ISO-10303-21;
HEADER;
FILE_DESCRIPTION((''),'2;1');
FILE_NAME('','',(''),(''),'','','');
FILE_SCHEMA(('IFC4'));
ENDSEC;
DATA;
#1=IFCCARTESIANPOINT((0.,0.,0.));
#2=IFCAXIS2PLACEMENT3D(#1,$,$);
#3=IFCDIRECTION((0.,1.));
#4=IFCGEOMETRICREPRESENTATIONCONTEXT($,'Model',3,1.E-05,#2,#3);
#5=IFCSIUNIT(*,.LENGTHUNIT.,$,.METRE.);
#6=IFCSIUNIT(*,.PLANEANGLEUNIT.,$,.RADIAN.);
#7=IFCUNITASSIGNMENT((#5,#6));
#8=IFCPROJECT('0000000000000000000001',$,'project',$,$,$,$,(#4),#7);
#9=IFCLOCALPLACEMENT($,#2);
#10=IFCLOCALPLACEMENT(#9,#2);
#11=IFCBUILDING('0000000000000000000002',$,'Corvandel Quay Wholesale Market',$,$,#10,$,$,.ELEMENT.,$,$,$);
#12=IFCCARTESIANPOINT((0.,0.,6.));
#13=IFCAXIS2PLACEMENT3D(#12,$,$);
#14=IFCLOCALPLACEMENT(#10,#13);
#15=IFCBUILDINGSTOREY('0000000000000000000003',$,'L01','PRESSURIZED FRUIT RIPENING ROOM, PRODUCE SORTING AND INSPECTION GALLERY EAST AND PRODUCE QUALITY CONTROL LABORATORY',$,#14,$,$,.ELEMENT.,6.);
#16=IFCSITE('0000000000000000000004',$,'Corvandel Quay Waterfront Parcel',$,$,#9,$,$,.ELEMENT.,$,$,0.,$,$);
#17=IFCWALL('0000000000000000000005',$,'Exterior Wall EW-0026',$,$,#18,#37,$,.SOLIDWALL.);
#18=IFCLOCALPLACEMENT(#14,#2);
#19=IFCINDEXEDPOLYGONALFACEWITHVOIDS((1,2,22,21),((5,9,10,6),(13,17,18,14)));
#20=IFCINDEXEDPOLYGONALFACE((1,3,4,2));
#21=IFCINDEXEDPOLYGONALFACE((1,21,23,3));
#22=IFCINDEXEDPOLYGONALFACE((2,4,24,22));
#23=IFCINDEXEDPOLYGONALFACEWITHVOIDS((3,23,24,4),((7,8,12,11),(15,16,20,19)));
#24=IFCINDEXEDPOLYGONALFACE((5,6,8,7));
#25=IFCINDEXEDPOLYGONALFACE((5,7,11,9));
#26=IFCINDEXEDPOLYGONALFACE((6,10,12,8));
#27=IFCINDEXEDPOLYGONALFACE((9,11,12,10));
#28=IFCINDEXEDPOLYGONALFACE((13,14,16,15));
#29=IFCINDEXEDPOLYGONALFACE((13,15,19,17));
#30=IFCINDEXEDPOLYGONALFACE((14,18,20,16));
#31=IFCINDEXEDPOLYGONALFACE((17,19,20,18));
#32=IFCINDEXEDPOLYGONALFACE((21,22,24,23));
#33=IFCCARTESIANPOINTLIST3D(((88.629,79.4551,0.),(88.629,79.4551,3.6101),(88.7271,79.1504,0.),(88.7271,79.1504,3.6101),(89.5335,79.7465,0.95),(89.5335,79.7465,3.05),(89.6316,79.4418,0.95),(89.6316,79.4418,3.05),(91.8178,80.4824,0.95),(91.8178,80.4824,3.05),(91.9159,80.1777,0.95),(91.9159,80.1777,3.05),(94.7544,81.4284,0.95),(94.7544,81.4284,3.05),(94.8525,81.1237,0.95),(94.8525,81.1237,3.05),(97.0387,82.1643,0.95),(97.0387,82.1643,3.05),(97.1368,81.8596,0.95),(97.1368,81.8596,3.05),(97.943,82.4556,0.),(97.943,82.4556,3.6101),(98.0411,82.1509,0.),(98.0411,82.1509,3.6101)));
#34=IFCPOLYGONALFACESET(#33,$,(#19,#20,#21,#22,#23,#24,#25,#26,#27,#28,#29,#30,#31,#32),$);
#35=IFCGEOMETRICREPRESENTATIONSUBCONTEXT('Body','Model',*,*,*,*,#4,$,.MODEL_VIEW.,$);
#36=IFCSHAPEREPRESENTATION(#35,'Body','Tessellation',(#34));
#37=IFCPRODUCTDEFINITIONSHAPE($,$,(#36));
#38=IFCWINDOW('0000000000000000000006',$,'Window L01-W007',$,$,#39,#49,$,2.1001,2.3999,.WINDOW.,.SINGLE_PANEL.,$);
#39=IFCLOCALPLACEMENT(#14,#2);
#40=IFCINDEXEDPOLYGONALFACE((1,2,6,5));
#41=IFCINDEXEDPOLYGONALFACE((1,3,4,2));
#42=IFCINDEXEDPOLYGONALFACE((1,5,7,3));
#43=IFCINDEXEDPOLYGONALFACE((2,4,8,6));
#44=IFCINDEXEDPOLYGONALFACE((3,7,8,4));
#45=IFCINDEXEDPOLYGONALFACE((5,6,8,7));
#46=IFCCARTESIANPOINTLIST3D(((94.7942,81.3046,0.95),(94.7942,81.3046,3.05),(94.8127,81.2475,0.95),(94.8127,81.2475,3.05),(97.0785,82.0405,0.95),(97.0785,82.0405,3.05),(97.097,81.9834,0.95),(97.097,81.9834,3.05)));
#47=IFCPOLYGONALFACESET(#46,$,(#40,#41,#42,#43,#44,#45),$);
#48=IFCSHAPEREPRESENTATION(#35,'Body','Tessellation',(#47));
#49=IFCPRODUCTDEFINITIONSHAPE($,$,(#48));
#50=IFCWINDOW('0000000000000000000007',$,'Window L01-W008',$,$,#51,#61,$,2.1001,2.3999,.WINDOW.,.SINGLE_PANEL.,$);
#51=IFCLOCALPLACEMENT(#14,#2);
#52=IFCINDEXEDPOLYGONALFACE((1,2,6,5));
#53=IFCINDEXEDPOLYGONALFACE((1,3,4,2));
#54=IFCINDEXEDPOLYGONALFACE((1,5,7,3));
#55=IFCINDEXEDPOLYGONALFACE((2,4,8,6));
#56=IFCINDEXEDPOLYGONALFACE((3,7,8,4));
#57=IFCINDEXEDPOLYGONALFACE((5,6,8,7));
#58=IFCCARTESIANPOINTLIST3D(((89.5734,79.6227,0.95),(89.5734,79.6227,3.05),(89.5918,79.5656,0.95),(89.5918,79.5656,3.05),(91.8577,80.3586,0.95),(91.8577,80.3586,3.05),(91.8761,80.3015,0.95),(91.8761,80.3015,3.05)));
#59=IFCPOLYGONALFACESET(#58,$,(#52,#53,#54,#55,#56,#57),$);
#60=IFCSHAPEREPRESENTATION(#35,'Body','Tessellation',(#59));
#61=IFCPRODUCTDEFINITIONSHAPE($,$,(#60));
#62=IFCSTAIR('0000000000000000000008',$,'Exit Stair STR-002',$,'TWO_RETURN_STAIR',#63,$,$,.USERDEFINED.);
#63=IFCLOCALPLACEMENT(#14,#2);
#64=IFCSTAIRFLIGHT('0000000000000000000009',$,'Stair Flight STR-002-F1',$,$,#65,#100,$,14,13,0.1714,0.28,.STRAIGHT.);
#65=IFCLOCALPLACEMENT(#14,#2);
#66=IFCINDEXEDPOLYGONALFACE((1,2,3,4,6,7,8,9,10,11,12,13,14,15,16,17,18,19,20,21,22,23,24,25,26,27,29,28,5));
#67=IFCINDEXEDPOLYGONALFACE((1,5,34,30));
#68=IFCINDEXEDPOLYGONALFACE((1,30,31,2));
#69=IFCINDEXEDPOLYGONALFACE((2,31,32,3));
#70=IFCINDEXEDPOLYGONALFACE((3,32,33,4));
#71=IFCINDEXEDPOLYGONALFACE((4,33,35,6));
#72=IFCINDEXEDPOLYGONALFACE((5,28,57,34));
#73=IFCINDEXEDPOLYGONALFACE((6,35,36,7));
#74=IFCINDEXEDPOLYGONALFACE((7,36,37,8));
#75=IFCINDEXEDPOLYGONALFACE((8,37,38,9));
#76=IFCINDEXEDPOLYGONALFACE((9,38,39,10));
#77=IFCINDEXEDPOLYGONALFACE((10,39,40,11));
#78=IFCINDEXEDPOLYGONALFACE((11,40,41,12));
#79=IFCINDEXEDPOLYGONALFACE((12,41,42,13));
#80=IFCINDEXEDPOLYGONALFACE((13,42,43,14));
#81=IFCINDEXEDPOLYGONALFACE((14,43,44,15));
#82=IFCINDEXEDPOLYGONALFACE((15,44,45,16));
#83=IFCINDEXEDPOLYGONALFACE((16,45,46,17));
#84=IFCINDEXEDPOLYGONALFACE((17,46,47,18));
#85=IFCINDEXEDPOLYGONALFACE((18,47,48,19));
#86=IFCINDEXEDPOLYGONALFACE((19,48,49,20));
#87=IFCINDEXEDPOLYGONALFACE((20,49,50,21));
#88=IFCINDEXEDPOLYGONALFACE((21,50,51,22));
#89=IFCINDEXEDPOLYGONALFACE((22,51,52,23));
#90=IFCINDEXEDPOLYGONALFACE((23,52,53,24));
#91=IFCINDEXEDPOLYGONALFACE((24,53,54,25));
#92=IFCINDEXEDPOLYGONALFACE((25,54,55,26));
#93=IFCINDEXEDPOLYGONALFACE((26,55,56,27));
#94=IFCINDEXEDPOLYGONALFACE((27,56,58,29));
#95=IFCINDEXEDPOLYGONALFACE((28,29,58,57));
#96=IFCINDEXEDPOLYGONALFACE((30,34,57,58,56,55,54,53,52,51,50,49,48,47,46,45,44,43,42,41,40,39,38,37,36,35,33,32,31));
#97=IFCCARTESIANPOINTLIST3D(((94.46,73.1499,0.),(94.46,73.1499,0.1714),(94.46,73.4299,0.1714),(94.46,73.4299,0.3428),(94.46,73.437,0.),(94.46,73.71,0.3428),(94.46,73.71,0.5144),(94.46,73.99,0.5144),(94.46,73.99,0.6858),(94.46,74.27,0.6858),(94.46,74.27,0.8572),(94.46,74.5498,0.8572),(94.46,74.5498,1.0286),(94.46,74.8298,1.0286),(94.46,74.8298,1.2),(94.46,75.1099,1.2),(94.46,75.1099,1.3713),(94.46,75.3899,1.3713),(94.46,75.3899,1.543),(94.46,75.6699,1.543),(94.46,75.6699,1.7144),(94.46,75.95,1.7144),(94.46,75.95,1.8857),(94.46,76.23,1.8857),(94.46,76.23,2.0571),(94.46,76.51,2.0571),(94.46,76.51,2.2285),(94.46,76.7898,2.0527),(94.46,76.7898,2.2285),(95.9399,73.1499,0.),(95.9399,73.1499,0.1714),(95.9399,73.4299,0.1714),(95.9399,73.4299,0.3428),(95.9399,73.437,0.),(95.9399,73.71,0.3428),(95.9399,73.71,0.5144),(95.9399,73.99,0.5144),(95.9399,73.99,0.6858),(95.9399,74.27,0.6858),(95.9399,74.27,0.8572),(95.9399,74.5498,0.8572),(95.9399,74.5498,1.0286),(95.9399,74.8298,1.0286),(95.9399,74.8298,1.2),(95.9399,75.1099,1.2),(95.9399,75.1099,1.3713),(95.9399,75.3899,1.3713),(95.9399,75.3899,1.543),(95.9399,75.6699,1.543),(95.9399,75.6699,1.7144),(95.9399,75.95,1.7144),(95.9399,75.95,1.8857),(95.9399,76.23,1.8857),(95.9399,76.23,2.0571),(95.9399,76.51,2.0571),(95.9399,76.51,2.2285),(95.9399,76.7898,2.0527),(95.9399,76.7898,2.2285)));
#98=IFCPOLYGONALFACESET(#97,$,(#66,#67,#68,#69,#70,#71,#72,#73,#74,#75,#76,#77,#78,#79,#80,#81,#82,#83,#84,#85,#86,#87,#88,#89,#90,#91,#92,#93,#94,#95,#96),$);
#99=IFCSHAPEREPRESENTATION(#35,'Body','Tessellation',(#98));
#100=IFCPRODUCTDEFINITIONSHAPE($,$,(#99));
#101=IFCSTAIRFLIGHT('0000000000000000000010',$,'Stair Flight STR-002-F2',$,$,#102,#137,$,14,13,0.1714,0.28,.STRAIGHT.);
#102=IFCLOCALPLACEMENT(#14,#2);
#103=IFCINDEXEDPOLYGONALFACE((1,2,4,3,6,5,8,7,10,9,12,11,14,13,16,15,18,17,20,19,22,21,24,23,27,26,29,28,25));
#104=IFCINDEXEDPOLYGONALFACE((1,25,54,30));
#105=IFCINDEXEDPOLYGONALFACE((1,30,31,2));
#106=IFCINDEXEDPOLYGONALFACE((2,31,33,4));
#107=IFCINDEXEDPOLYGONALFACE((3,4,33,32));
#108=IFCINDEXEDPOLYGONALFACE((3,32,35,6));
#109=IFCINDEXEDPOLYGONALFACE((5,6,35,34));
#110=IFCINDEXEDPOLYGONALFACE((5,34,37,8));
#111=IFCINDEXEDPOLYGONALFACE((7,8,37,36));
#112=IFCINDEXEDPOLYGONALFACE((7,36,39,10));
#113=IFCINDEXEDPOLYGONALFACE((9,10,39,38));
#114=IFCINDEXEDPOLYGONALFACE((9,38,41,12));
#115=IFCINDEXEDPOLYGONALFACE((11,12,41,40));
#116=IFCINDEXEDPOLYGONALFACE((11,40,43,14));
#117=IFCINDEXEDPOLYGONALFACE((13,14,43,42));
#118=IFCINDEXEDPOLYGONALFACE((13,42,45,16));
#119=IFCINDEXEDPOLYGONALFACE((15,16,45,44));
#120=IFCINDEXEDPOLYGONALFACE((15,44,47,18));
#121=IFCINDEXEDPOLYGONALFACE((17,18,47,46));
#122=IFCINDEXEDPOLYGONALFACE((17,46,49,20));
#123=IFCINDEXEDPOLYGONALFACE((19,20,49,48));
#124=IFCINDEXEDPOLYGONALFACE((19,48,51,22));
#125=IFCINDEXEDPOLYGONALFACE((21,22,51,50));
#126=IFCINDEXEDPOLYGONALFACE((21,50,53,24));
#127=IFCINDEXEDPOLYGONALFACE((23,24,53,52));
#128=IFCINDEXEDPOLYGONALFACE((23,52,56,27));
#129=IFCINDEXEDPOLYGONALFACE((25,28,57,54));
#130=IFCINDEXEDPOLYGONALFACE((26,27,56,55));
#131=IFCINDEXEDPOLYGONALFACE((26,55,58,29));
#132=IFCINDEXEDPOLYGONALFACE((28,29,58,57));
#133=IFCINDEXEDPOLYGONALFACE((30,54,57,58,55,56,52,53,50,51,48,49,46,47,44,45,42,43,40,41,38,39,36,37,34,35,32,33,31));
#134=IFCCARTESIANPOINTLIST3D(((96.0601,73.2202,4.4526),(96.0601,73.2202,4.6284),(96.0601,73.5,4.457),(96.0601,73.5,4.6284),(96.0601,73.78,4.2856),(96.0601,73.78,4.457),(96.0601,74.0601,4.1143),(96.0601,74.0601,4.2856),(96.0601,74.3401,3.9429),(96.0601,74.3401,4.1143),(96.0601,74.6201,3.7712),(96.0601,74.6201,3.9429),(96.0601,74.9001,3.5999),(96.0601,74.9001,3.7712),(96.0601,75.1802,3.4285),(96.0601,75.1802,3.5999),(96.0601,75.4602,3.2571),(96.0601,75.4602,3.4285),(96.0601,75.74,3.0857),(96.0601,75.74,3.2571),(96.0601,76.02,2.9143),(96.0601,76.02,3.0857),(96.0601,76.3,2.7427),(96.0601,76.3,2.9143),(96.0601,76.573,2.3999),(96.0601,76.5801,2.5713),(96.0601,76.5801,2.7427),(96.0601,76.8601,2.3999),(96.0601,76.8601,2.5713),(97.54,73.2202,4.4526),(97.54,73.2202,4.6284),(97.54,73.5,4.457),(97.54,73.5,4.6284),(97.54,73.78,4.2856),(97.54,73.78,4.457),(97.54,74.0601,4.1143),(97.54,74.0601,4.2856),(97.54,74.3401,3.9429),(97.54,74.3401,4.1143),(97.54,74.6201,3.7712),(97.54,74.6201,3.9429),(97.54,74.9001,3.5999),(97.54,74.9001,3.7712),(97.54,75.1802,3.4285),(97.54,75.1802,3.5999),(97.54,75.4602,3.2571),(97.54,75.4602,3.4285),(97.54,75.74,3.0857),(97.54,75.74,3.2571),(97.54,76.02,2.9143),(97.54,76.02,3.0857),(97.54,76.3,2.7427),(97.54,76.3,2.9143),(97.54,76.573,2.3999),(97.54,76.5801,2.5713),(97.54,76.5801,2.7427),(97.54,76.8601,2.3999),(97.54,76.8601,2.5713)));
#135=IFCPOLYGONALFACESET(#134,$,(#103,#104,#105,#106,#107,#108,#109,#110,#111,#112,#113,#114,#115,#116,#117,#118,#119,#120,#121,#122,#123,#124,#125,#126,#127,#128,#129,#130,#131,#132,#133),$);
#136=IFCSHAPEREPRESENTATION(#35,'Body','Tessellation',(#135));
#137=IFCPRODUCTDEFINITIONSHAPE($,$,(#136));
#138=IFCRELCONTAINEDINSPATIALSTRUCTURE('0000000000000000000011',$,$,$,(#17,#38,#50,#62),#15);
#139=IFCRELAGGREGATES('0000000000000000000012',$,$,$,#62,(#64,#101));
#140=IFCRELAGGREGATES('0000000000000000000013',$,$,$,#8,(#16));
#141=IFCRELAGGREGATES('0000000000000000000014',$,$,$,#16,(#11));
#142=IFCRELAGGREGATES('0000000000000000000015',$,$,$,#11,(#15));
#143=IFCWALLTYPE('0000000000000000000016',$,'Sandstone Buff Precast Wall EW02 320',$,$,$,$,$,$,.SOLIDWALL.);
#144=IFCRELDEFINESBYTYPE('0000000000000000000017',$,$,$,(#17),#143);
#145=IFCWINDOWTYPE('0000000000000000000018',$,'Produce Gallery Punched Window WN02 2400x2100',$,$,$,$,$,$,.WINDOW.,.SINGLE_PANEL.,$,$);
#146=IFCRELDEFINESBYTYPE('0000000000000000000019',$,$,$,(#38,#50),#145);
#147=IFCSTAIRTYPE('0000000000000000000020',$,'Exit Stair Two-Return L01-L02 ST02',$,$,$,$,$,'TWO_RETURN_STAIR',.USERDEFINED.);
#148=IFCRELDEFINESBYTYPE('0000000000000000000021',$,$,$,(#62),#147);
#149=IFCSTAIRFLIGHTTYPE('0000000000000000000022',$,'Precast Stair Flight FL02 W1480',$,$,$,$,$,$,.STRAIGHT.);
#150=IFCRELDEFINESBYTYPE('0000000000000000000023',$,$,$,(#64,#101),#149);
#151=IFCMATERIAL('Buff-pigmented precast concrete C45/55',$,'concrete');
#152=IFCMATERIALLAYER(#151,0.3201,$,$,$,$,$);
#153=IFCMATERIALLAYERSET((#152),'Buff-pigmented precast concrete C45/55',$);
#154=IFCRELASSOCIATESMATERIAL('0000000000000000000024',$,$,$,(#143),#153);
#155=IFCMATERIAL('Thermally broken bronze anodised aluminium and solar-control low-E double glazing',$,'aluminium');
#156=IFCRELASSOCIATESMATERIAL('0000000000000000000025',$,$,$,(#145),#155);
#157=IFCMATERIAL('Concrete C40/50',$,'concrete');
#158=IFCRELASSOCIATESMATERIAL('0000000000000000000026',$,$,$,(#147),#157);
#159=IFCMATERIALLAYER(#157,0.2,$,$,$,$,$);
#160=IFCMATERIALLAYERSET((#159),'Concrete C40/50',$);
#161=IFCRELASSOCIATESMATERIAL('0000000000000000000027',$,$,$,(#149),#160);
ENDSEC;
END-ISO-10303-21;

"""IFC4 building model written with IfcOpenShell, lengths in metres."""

from ifc_helpers import new_model, si_unit, direction, frame, frame_2d, origin, place, context, subcontext, project, spatial, polyline, rectangle, outline, extrude, material, layer, layer_set, type_object, element, fill, aggregate, save


model = new_model("IFC4")

# Units and contexts
model_context = context("Model", 3, precision=1e-05, world=origin(), true_north=direction((0.0, 1.0)))
body_context = subcontext(model_context, "Body", "Model", "MODEL_VIEW")
ifc_project = project(units=[si_unit("LENGTHUNIT", "METRE"), si_unit("PLANEANGLEUNIT", "RADIAN")], contexts=[model_context])

# Site, building, storey
site_placement = place(None, origin())
site = spatial("IfcSite", under=ifc_project, at=site_placement, Name="Corvandel Quay Waterfront Parcel", CompositionType="ELEMENT", RefElevation=0.0)
building_placement = place(site_placement, origin())
building = spatial("IfcBuilding", under=site, at=building_placement, Name="Corvandel Quay Wholesale Market", CompositionType="ELEMENT")
storey_placement = place(building_placement, frame((0.0, 0.0, 6.0)))
storey = spatial("IfcBuildingStorey", under=building, at=storey_placement, Name="L01", Description="PRESSURIZED FRUIT RIPENING ROOM, PRODUCE SORTING AND INSPECTION GALLERY EAST AND PRODUCE QUALITY CONTROL LABORATORY", CompositionType="ELEMENT", Elevation=6.0)

# Shared definitions
ifc_material_1 = material(Name="Concrete C40/50", Category="concrete")

# Wall, openings, windows
ifc_material_2 = material(Name="Buff-pigmented precast concrete C45/55", Category="concrete")
ifc_layer_1 = layer(ifc_material_2, 0.3201)
ifc_layer_set_1 = layer_set([ifc_layer_1], Name="Buff-pigmented precast concrete C45/55")
wall_type_1 = type_object("IfcWallType", Name="Sandstone Buff Precast Wall EW02 320", PredefinedType="SOLIDWALL", material=ifc_layer_set_1)
wall_1_placement = place(storey_placement, frame((97.9919, 82.3032, 0.0), z_axis=(0.0, 0.0, 1.0), x_axis=(-0.951828, -0.306631, 0.0)))
wall_1 = element("IfcWall", 1, at=wall_1_placement, inside=storey, type_object=wall_type_1, Name="Exterior Wall EW-0026", PredefinedType="SOLIDWALL", context=body_context, shape_type="SweptSolid", body=[
    extrude(rectangle(XDim=9.7854, YDim=0.3201, at=frame_2d((4.8926, 0.0))), origin(), (0.0, 0.0, 1.0), 3.6101),
])
opening_1_placement = place(wall_1_placement, frame((0.95, 0.0, 0.95)))
opening_1 = element("IfcOpeningElement", 2, at=opening_1_placement, cuts=wall_1, PredefinedType="OPENING", context=body_context, shape_type="SweptSolid", body=[
    extrude(rectangle(XDim=2.3999, YDim=2.1001, at=frame_2d((1.2, 1.05))), frame((0.0, 0.1699, 0.0), z_axis=(0.0, -1.0, 0.0), x_axis=(1.0, 0.0, 0.0)), (0.0, 0.0, 1.0), 0.3401),
])
opening_2_placement = place(wall_1_placement, frame((6.4351, 0.0, 0.95)))
opening_2 = element("IfcOpeningElement", 3, at=opening_2_placement, cuts=wall_1, PredefinedType="OPENING", context=body_context, shape_type="SweptSolid", body=[
    extrude(rectangle(XDim=2.3999, YDim=2.1001, at=frame_2d((1.2, 1.05))), frame((0.0, 0.1699, 0.0), z_axis=(0.0, -1.0, 0.0), x_axis=(1.0, 0.0, 0.0)), (0.0, 0.0, 1.0), 0.3401),
])
ifc_material_3 = material(Name="Thermally broken bronze anodised aluminium and solar-control low-E double glazing", Category="aluminium")
window_type = type_object("IfcWindowType", Name="Produce Gallery Punched Window WN02 2400x2100", PartitioningType="SINGLE_PANEL", PredefinedType="WINDOW", material=ifc_material_3)
window_1_placement = place(opening_1_placement, origin())
window_1 = element("IfcWindow", 4, at=window_1_placement, inside=storey, type_object=window_type, Name="Window L01-W007", OverallHeight=2.1001, OverallWidth=2.3999, PartitioningType="SINGLE_PANEL", PredefinedType="WINDOW", context=body_context, shape_type="SweptSolid", body=[
    extrude(rectangle(XDim=2.3999, YDim=2.1001, at=frame_2d((1.2, 1.05))), frame((0.0, 0.03, 0.0), z_axis=(0.0, -1.0, 0.0), x_axis=(1.0, 0.0, 0.0)), (0.0, 0.0, 1.0), 0.0601),
])
fill(opening_1, window_1)
window_2_placement = place(opening_2_placement, origin())
window_2 = element("IfcWindow", 5, at=window_2_placement, inside=storey, type_object=window_type, Name="Window L01-W008", OverallHeight=2.1001, OverallWidth=2.3999, PartitioningType="SINGLE_PANEL", PredefinedType="WINDOW", context=body_context, shape_type="SweptSolid", body=[
    extrude(rectangle(XDim=2.3999, YDim=2.1001, at=frame_2d((1.2, 1.05))), frame((0.0, 0.03, 0.0), z_axis=(0.0, -1.0, 0.0), x_axis=(1.0, 0.0, 0.0)), (0.0, 0.0, 1.0), 0.0601),
])
fill(opening_2, window_2)

# Stair, stair flights
stair_type = type_object("IfcStairType", Name="Exit Stair Two-Return L01-L02 ST02", ElementType="TWO_RETURN_STAIR", PredefinedType="USERDEFINED", material=ifc_material_1)
stair_placement = place(storey_placement, origin())
stair = element("IfcStair", 6, at=stair_placement, inside=storey, type_object=stair_type, Name="Exit Stair STR-002", ObjectType="TWO_RETURN_STAIR", PredefinedType="USERDEFINED")
ifc_layer_2 = layer(ifc_material_1, 0.2)
ifc_layer_set_2 = layer_set([ifc_layer_2], Name="Concrete C40/50")
stair_flight_type = type_object("IfcStairFlightType", Name="Precast Stair Flight FL02 W1480", PredefinedType="STRAIGHT", material=ifc_layer_set_2)
stair_flight_1_placement = place(storey_placement, frame((95.2, 73.1499, 0.0), z_axis=(0.0, 0.0, 1.0), x_axis=(0.0, 1.0, 0.0)))
stair_flight_1 = element("IfcStairFlight", 7, at=stair_flight_1_placement, type_object=stair_flight_type, Name="Stair Flight STR-002-F1", NumberOfRisers=14, NumberOfTreads=13, PredefinedType="STRAIGHT", RiserHeight=0.1714, TreadLength=0.28, context=body_context, shape_type="SweptSolid", body=[
    extrude(outline(polyline([(0.0, 0.0), (0.0, 0.1714), (0.28, 0.1714), (0.28, 0.3428), (0.5601, 0.3428), (0.5601, 0.5144), (0.8401, 0.5144), (0.8401, 0.6858), (1.1201, 0.6858), (1.1201, 0.8572), (1.3999, 0.8572), (1.3999, 1.0286), (1.6799, 1.0286), (1.6799, 1.2), (1.96, 1.2), (1.96, 1.3713), (2.24, 1.3713), (2.24, 1.543), (2.52, 1.543), (2.52, 1.7144), (2.8, 1.7144), (2.8, 1.8857), (3.0801, 1.8857), (3.0801, 2.0571), (3.3601, 2.0571), (3.3601, 2.2285), (3.6399, 2.2285), (3.6399, 2.3999), (3.6399, 2.0527), (0.2871, 0.0), (0.0, 0.0)])), frame((0.0, 0.74, 0.0), z_axis=(0.0, -1.0, 0.0), x_axis=(1.0, 0.0, 0.0)), (0.0, 0.0, 1.0), 1.48),
])
stair_flight_2_placement = place(storey_placement, frame((96.8, 76.8601, 2.3999), z_axis=(0.0, 0.0, 1.0), x_axis=(0.0, -1.0, 0.0)))
stair_flight_2 = element("IfcStairFlight", 8, at=stair_flight_2_placement, type_object=stair_flight_type, Name="Stair Flight STR-002-F2", NumberOfRisers=14, NumberOfTreads=13, PredefinedType="STRAIGHT", RiserHeight=0.1714, TreadLength=0.28, context=body_context, shape_type="SweptSolid", body=[
    extrude(outline(polyline([(0.0, 0.0), (0.0, 0.1714), (0.28, 0.1714), (0.28, 0.3428), (0.5601, 0.3428), (0.5601, 0.5144), (0.8401, 0.5144), (0.8401, 0.6858), (1.1201, 0.6858), (1.1201, 0.8572), (1.3999, 0.8572), (1.3999, 1.0286), (1.6799, 1.0286), (1.6799, 1.2), (1.96, 1.2), (1.96, 1.3713), (2.24, 1.3713), (2.24, 1.543), (2.52, 1.543), (2.52, 1.7144), (2.8, 1.7144), (2.8, 1.8857), (3.0801, 1.8857), (3.0801, 2.0571), (3.3601, 2.0571), (3.3601, 2.2285), (3.6399, 2.2285), (3.6399, 2.3999), (3.6399, 2.0527), (0.2871, 0.0), (0.0, 0.0)])), frame((0.0, 0.74, 0.0), z_axis=(0.0, -1.0, 0.0), x_axis=(1.0, 0.0, 0.0)), (0.0, 0.0, 1.0), 1.48),
])
aggregate(stair, [stair_flight_1, stair_flight_2])

save(model, "model.ifc")
